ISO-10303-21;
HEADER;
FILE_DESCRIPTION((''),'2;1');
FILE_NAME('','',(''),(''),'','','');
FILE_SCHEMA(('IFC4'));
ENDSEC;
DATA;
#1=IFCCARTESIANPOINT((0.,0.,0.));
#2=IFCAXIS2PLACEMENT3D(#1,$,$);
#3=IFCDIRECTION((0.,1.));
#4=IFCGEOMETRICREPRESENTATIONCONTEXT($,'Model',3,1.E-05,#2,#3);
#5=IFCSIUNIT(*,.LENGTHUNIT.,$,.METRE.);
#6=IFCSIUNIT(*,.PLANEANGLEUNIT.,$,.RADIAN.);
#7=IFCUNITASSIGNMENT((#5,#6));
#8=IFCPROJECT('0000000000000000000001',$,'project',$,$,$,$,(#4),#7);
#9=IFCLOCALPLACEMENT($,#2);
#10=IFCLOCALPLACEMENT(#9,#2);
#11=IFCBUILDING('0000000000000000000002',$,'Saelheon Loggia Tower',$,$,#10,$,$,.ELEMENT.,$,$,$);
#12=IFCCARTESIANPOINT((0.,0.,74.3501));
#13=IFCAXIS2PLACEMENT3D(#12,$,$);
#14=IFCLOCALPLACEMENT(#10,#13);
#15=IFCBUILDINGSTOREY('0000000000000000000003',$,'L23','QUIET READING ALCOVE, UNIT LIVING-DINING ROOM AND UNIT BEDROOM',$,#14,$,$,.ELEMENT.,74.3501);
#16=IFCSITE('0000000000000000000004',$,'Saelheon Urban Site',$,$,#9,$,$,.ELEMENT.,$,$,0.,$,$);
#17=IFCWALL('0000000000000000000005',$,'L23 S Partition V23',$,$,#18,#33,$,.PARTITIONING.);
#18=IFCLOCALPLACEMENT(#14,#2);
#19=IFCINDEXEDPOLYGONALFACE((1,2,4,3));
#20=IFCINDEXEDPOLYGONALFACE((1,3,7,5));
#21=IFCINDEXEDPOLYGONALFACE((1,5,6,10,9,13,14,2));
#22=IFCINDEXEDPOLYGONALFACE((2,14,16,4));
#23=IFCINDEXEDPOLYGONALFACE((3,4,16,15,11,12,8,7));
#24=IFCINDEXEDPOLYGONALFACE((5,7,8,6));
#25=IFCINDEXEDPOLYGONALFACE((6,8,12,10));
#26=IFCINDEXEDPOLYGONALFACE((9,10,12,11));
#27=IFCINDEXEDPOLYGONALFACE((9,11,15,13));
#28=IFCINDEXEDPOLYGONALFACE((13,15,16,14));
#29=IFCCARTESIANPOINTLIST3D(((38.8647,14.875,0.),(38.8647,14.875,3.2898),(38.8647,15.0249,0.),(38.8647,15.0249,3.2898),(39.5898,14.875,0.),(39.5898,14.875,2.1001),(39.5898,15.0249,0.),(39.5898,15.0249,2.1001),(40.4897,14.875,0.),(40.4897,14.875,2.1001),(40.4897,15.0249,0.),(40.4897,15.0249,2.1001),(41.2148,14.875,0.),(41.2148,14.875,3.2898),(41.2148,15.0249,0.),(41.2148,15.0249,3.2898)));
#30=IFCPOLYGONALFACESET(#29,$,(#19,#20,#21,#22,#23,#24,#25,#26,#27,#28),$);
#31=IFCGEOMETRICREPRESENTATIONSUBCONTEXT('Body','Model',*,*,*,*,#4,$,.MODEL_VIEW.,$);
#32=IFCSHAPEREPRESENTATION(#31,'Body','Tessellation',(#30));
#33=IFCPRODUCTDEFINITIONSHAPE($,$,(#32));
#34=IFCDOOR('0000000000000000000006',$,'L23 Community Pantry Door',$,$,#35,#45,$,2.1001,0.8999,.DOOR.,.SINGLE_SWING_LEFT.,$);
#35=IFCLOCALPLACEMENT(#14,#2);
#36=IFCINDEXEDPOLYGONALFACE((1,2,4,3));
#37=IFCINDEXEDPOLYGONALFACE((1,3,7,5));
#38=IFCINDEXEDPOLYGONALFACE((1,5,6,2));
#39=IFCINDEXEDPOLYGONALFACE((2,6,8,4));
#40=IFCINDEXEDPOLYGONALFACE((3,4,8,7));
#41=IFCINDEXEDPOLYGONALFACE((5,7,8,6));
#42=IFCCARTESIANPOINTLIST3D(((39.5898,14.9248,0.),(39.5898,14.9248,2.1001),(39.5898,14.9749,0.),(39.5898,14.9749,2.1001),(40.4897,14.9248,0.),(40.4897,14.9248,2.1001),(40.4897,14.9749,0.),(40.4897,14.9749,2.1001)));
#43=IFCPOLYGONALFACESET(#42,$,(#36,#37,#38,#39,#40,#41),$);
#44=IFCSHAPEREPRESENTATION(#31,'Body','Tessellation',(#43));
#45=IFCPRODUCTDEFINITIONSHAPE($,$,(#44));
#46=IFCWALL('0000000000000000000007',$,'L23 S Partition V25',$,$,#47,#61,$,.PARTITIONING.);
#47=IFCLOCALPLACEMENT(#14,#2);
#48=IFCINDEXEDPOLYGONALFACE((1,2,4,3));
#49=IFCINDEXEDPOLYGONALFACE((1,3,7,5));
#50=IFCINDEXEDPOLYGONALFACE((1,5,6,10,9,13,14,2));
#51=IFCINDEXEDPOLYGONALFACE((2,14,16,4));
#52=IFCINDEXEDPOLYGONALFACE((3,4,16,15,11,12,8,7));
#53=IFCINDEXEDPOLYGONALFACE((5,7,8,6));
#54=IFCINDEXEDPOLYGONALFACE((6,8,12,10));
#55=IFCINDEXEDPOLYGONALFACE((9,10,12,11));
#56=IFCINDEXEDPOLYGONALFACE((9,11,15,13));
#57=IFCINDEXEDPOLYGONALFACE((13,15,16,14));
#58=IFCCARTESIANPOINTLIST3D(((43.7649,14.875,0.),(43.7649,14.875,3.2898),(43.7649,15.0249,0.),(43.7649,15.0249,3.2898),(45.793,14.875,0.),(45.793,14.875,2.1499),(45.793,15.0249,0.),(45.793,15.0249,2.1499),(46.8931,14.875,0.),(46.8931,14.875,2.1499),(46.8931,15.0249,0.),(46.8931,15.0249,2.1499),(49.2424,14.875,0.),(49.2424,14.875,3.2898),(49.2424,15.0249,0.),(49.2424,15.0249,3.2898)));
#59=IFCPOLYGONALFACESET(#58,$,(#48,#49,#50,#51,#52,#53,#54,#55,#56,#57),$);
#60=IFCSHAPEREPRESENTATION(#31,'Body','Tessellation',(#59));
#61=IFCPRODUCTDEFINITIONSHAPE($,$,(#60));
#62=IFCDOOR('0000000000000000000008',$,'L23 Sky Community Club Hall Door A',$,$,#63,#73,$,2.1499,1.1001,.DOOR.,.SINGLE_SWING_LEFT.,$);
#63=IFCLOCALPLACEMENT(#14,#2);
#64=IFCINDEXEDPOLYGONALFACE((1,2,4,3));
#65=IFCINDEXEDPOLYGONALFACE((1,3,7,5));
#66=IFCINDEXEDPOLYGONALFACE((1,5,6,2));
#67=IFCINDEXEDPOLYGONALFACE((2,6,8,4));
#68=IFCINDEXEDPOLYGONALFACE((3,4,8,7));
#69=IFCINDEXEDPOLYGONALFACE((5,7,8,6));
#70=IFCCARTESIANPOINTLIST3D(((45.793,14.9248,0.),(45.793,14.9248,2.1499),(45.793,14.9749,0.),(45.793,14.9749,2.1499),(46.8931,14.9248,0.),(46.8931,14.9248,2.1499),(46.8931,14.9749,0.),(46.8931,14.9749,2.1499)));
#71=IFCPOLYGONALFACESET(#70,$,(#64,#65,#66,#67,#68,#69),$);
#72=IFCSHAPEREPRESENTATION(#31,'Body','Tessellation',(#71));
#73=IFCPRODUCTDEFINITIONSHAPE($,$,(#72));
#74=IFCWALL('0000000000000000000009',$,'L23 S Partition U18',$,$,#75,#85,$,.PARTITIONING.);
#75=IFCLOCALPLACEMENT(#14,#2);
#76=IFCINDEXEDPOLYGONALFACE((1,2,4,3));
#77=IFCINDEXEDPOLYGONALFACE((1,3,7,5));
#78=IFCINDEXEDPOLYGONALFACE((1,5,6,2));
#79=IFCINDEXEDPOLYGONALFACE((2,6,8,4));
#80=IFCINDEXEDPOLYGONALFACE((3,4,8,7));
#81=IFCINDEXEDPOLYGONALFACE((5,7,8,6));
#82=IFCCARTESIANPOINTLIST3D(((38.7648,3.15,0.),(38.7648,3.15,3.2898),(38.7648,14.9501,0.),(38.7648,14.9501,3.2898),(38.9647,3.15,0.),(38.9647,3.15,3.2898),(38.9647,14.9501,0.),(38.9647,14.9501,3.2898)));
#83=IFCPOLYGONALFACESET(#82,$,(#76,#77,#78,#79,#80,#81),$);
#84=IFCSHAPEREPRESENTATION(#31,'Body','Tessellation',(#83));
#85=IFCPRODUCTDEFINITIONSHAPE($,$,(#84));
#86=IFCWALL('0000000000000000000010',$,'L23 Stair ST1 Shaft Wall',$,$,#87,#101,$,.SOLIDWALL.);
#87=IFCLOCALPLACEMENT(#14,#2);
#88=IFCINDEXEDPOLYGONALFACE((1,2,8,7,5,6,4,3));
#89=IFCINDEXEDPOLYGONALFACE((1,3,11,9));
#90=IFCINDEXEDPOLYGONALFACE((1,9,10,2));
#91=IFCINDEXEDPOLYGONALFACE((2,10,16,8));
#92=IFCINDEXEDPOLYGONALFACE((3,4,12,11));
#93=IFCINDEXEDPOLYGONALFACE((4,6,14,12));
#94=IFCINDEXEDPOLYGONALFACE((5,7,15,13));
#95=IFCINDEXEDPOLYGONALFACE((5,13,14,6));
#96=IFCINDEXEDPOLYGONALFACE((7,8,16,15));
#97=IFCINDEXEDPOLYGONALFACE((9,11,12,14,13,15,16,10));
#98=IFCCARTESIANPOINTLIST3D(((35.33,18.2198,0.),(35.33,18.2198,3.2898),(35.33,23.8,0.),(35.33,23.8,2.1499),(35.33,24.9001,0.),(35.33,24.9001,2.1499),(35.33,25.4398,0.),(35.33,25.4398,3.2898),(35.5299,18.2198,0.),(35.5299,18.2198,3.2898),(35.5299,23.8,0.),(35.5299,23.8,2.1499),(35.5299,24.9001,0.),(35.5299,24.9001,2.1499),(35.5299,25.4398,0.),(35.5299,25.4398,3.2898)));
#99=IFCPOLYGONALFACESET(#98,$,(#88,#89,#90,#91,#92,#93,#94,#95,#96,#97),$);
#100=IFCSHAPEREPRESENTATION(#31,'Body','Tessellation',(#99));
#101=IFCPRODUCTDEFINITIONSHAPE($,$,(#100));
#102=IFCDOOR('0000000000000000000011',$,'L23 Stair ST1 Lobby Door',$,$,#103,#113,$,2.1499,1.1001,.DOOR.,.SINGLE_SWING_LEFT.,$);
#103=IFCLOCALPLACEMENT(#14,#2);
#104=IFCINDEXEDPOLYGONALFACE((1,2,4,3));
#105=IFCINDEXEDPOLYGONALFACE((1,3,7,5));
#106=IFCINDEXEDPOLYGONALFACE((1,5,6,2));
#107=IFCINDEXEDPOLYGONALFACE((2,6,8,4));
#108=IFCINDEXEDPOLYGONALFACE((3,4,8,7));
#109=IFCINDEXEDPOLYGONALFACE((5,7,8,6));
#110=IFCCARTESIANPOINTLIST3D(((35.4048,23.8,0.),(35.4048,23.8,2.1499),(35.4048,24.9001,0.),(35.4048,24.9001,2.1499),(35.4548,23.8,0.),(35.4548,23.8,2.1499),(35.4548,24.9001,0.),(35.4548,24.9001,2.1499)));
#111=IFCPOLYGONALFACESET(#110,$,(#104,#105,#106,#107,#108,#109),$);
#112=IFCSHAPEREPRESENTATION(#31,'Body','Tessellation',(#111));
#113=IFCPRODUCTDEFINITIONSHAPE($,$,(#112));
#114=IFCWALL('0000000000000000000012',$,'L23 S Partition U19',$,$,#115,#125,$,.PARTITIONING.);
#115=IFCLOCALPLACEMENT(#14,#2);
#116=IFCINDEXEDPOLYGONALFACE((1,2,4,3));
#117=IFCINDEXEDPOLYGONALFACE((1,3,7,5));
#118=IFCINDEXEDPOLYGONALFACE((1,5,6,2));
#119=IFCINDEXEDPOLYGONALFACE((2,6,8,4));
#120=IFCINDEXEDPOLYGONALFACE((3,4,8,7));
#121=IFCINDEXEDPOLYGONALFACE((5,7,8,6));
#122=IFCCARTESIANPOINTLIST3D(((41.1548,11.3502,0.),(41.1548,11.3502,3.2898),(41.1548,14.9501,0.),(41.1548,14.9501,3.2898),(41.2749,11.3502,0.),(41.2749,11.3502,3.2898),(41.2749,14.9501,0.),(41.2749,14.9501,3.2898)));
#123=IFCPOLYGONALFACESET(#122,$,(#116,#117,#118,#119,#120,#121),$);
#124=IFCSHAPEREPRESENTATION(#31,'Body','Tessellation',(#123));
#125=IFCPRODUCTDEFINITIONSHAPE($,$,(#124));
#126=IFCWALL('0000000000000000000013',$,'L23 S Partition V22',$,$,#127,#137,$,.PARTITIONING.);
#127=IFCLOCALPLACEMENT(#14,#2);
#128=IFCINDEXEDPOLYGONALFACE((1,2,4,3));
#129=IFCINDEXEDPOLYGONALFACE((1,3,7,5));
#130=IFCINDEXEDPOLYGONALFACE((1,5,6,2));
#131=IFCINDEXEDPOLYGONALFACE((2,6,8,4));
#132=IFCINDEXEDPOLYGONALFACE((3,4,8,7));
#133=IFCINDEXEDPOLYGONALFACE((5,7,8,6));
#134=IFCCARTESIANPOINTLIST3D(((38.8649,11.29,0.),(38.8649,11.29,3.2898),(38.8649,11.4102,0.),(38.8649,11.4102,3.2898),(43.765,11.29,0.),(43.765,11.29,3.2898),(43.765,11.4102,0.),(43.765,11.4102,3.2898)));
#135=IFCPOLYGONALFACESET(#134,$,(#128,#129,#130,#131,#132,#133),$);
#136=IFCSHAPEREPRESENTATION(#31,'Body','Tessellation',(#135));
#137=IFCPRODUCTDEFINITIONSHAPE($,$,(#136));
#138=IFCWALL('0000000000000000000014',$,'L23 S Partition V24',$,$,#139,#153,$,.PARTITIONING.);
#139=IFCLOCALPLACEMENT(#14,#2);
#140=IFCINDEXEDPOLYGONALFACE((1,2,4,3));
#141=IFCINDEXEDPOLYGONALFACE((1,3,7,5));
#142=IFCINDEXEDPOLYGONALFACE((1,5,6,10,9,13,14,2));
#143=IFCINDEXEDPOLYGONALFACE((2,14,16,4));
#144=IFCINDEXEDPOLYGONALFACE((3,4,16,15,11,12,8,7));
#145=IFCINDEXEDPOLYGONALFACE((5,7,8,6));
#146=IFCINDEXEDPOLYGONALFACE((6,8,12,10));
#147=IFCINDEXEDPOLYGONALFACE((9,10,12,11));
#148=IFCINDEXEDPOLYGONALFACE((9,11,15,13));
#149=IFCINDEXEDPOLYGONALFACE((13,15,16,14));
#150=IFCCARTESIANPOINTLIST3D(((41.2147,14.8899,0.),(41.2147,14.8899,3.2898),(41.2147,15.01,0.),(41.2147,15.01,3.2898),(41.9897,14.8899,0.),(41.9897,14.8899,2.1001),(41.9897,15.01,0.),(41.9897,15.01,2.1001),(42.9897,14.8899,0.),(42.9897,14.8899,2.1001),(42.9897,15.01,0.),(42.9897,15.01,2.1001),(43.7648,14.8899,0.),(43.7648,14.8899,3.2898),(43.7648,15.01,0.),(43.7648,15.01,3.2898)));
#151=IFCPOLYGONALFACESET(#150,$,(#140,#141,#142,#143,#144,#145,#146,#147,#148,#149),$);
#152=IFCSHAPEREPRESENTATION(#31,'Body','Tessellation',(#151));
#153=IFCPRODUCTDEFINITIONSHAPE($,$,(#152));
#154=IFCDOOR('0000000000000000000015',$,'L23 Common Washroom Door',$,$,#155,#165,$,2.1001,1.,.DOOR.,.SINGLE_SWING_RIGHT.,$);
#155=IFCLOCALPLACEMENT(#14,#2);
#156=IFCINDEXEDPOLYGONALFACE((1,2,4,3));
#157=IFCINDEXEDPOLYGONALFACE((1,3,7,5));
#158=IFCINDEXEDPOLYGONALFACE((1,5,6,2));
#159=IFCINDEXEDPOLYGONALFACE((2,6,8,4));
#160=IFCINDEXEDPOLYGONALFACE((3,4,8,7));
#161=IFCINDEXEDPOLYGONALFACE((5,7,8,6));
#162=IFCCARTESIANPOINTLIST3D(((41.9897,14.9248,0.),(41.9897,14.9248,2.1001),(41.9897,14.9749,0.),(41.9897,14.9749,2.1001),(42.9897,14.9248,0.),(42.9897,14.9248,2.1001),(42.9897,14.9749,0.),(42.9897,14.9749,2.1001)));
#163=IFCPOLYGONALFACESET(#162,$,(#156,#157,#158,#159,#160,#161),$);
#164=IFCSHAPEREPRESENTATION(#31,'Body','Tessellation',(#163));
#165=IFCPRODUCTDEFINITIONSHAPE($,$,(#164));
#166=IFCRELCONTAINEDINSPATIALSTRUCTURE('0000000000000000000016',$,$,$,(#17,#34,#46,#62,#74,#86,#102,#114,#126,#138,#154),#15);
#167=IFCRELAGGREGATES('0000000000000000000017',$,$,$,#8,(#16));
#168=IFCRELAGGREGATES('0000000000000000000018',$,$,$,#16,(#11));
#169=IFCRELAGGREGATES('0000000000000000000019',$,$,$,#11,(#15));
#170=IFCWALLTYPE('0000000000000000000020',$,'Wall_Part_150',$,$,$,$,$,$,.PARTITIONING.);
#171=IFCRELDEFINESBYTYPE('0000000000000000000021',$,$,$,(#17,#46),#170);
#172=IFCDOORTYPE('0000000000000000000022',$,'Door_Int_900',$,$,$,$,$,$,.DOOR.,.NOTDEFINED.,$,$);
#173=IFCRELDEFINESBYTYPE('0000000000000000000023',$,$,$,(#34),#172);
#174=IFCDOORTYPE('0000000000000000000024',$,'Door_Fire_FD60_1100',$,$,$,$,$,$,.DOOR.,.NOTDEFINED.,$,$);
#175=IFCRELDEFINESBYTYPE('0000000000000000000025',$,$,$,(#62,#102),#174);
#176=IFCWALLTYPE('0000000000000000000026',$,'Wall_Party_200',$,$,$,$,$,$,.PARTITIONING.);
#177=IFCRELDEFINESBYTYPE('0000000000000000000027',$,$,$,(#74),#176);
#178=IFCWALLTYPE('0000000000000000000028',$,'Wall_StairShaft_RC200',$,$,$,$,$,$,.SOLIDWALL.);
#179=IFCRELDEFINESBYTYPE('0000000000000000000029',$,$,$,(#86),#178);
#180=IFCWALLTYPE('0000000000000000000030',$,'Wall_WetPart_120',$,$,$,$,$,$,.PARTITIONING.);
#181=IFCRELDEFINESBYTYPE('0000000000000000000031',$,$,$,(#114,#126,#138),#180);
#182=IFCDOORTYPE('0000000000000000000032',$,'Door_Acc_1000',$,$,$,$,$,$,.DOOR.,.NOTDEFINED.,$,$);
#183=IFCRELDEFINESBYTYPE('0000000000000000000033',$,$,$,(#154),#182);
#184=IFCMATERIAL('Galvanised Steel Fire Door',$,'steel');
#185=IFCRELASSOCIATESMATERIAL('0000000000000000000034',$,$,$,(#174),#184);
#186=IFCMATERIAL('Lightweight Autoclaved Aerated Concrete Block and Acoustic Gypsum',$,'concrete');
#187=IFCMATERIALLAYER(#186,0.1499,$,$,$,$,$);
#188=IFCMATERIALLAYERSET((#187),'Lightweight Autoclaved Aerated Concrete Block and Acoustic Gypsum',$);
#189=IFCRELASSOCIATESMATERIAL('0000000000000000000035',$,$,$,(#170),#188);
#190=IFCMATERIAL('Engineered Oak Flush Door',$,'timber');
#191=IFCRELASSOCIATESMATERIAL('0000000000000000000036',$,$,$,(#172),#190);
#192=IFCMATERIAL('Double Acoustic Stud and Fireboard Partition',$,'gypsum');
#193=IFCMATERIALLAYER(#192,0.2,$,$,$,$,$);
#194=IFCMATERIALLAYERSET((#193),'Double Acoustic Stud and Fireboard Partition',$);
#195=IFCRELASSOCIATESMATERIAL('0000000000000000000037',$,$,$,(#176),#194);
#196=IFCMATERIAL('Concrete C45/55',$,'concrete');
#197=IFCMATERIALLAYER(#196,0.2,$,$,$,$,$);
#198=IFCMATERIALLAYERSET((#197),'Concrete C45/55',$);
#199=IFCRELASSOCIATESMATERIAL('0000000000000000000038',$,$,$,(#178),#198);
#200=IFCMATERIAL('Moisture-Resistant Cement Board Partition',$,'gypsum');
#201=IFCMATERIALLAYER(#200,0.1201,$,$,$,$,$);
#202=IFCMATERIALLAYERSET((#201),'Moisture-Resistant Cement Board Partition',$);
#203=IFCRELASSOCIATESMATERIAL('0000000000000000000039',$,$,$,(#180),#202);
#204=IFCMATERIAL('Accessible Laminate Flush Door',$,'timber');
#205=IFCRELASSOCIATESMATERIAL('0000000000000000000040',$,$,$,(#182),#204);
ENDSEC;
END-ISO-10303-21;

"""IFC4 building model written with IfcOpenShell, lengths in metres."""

from ifc_helpers import new_model, si_unit, direction, frame, frame_2d, origin, place, context, subcontext, project, spatial, rectangle, extrude, source, transform, mapped, material, layer, layer_set, type_object, element, fill, save


model = new_model("IFC4")

# Units and contexts
model_context = context("Model", 3, precision=1e-05, world=origin(), true_north=direction((0.0, 1.0)))
body_context = subcontext(model_context, "Body", "Model", "MODEL_VIEW")
ifc_project = project(units=[si_unit("LENGTHUNIT", "METRE"), si_unit("PLANEANGLEUNIT", "RADIAN")], contexts=[model_context])

# Site, building, storey
site_placement = place(None, origin())
site = spatial("IfcSite", under=ifc_project, at=site_placement, Name="Saelheon Urban Site", CompositionType="ELEMENT", RefElevation=0.0)
building_placement = place(site_placement, origin())
building = spatial("IfcBuilding", under=site, at=building_placement, Name="Saelheon Loggia Tower", CompositionType="ELEMENT")
storey_placement = place(building_placement, frame((0.0, 0.0, 74.3501)))
storey = spatial("IfcBuildingStorey", under=building, at=storey_placement, Name="L23", Description="QUIET READING ALCOVE, UNIT LIVING-DINING ROOM AND UNIT BEDROOM", CompositionType="ELEMENT", Elevation=74.3501)

# Shared definitions
ifc_material_1 = material(Name="Galvanised Steel Fire Door", Category="steel")
door_type_1 = type_object("IfcDoorType", Name="Door_Fire_FD60_1100", OperationType="NOTDEFINED", PredefinedType="DOOR", material=ifc_material_1)
shared_shape_1 = source(origin(), body_context, "Body", "SweptSolid", [
    extrude(rectangle(XDim=1.1001, YDim=2.1499, at=frame_2d((0.55, 1.075))), frame((0.0, 0.0249, 0.0), z_axis=(0.0, -1.0, 0.0), x_axis=(1.0, 0.0, 0.0)), (0.0, 0.0, 1.0), 0.05),
])

# Shared definitions
ifc_material_2 = material(Name="Lightweight Autoclaved Aerated Concrete Block and Acoustic Gypsum", Category="concrete")
ifc_layer_1 = layer(ifc_material_2, 0.1499)
ifc_layer_set_1 = layer_set([ifc_layer_1], Name="Lightweight Autoclaved Aerated Concrete Block and Acoustic Gypsum")
wall_type_1 = type_object("IfcWallType", Name="Wall_Part_150", PredefinedType="PARTITIONING", material=ifc_layer_set_1)

# Walls, openings, doors
ifc_material_3 = material(Name="Engineered Oak Flush Door", Category="timber")
door_type_2 = type_object("IfcDoorType", Name="Door_Int_900", OperationType="NOTDEFINED", PredefinedType="DOOR", material=ifc_material_3)
shared_shape_2 = source(origin(), body_context, "Body", "SweptSolid", [
    extrude(rectangle(XDim=0.8999, YDim=2.1001, at=frame_2d((0.45, 1.05))), frame((0.0, 0.0249, 0.0), z_axis=(0.0, -1.0, 0.0), x_axis=(1.0, 0.0, 0.0)), (0.0, 0.0, 1.0), 0.05),
])
wall_1_placement = place(storey_placement, frame((38.8647, 14.95, 0.0), z_axis=(0.0, 0.0, 1.0), x_axis=(1.0, 0.0, 0.0)))
wall_1 = element("IfcWall", 1, at=wall_1_placement, inside=storey, type_object=wall_type_1, Name="L23 S Partition V23", PredefinedType="PARTITIONING", context=body_context, shape_type="SweptSolid", body=[
    extrude(rectangle(XDim=2.3501, YDim=0.1499, at=frame_2d((1.175, 0.0))), origin(), (0.0, 0.0, 1.0), 3.2898),
])
opening_1_placement = place(wall_1_placement, frame((0.7251, 0.0, 0.0)))
opening_1 = element("IfcOpeningElement", 2, at=opening_1_placement, cuts=wall_1, PredefinedType="OPENING", context=body_context, shape_type="SweptSolid", body=[
    extrude(rectangle(XDim=0.8999, YDim=2.1001, at=frame_2d((0.45, 1.05))), frame((0.0, 0.0869, 0.0), z_axis=(0.0, -1.0, 0.0), x_axis=(1.0, 0.0, 0.0)), (0.0, 0.0, 1.0), 0.1738),
])
door_1_placement = place(opening_1_placement, origin())
door_1 = element("IfcDoor", 3, at=door_1_placement, inside=storey, type_object=door_type_2, Name="L23 Community Pantry Door", OperationType="SINGLE_SWING_LEFT", OverallHeight=2.1001, OverallWidth=0.8999, PredefinedType="DOOR", context=body_context, shape_type="MappedRepresentation", body=[
    mapped(shared_shape_2, transform((0.0, 0.0, 0.0), scale=1.0)),
])
fill(opening_1, door_1)
wall_2_placement = place(storey_placement, frame((43.7649, 14.95, 0.0), z_axis=(0.0, 0.0, 1.0), x_axis=(1.0, 0.0, 0.0)))
wall_2 = element("IfcWall", 4, at=wall_2_placement, inside=storey, type_object=wall_type_1, Name="L23 S Partition V25", PredefinedType="PARTITIONING", context=body_context, shape_type="SweptSolid", body=[
    extrude(rectangle(XDim=5.4775, YDim=0.1499, at=frame_2d((2.7388, 0.0))), origin(), (0.0, 0.0, 1.0), 3.2898),
])
opening_2_placement = place(wall_2_placement, frame((2.0281, 0.0, 0.0)))
opening_2 = element("IfcOpeningElement", 5, at=opening_2_placement, cuts=wall_2, PredefinedType="OPENING", context=body_context, shape_type="SweptSolid", body=[
    extrude(rectangle(XDim=1.1001, YDim=2.1499, at=frame_2d((0.55, 1.075))), frame((0.0, 0.0869, 0.0), z_axis=(0.0, -1.0, 0.0), x_axis=(1.0, 0.0, 0.0)), (0.0, 0.0, 1.0), 0.1738),
])
door_2_placement = place(opening_2_placement, origin())
door_2 = element("IfcDoor", 6, at=door_2_placement, inside=storey, type_object=door_type_1, Name="L23 Sky Community Club Hall Door A", OperationType="SINGLE_SWING_LEFT", OverallHeight=2.1499, OverallWidth=1.1001, PredefinedType="DOOR", context=body_context, shape_type="MappedRepresentation", body=[
    mapped(shared_shape_1, transform((0.0, 0.0, 0.0), scale=1.0)),
])
fill(opening_2, door_2)

# Wall
ifc_material_4 = material(Name="Double Acoustic Stud and Fireboard Partition", Category="gypsum")
ifc_layer_2 = layer(ifc_material_4, 0.2)
ifc_layer_set_2 = layer_set([ifc_layer_2], Name="Double Acoustic Stud and Fireboard Partition")
wall_type_2 = type_object("IfcWallType", Name="Wall_Party_200", PredefinedType="PARTITIONING", material=ifc_layer_set_2)
wall_3_placement = place(storey_placement, frame((38.8647, 14.95, 0.0), z_axis=(0.0, 0.0, 1.0), x_axis=(0.0, -1.0, 0.0)))
element("IfcWall", 7, at=wall_3_placement, inside=storey, type_object=wall_type_2, Name="L23 S Partition U18", PredefinedType="PARTITIONING", context=body_context, shape_type="SweptSolid", body=[
    extrude(rectangle(XDim=11.8, YDim=0.2, at=frame_2d((5.8999, 0.0))), origin(), (0.0, 0.0, 1.0), 3.2898),
])

# Wall, opening, door
ifc_material_5 = material(Name="Concrete C45/55", Category="concrete")
ifc_layer_3 = layer(ifc_material_5, 0.2)
ifc_layer_set_3 = layer_set([ifc_layer_3], Name="Concrete C45/55")
wall_type_3 = type_object("IfcWallType", Name="Wall_StairShaft_RC200", PredefinedType="SOLIDWALL", material=ifc_layer_set_3)
wall_4_placement = place(storey_placement, frame((35.4299, 18.22, 0.0), z_axis=(0.0, 0.0, 1.0), x_axis=(0.0, 1.0, 0.0)))
wall_4 = element("IfcWall", 8, at=wall_4_placement, inside=storey, type_object=wall_type_3, Name="L23 Stair ST1 Shaft Wall", PredefinedType="SOLIDWALL", context=body_context, shape_type="SweptSolid", body=[
    extrude(rectangle(XDim=7.22, YDim=0.2, at=frame_2d((3.6099, 0.0))), origin(), (0.0, 0.0, 1.0), 3.2898),
])
opening_3_placement = place(wall_4_placement, frame((6.6802, 0.0, 0.0), z_axis=(0.0, 0.0, 1.0), x_axis=(-1.0, 0.0, 0.0)))
opening_3 = element("IfcOpeningElement", 9, at=opening_3_placement, cuts=wall_4, PredefinedType="OPENING", context=body_context, shape_type="SweptSolid", body=[
    extrude(rectangle(XDim=1.1001, YDim=2.1499, at=frame_2d((0.55, 1.075))), frame((0.0, 0.1121, 0.0), z_axis=(0.0, -1.0, 0.0), x_axis=(1.0, 0.0, 0.0)), (0.0, 0.0, 1.0), 0.2239),
])
door_3_placement = place(opening_3_placement, origin())
door_3 = element("IfcDoor", 10, at=door_3_placement, inside=storey, type_object=door_type_1, Name="L23 Stair ST1 Lobby Door", OperationType="SINGLE_SWING_LEFT", OverallHeight=2.1499, OverallWidth=1.1001, PredefinedType="DOOR", context=body_context, shape_type="MappedRepresentation", body=[
    mapped(shared_shape_1, transform((0.0, 0.0, 0.0), scale=1.0)),
])
fill(opening_3, door_3)

# Walls
ifc_material_6 = material(Name="Moisture-Resistant Cement Board Partition", Category="gypsum")
ifc_layer_4 = layer(ifc_material_6, 0.1201)
ifc_layer_set_4 = layer_set([ifc_layer_4], Name="Moisture-Resistant Cement Board Partition")
wall_type_4 = type_object("IfcWallType", Name="Wall_WetPart_120", PredefinedType="PARTITIONING", material=ifc_layer_set_4)
wall_5_placement = place(storey_placement, frame((41.2148, 14.95, 0.0), z_axis=(0.0, 0.0, 1.0), x_axis=(0.0, -1.0, 0.0)))
element("IfcWall", 11, at=wall_5_placement, inside=storey, type_object=wall_type_4, Name="L23 S Partition U19", PredefinedType="PARTITIONING", context=body_context, shape_type="SweptSolid", body=[
    extrude(rectangle(XDim=3.5999, YDim=0.1201, at=frame_2d((1.7998, 0.0))), origin(), (0.0, 0.0, 1.0), 3.2898),
])
wall_6_placement = place(storey_placement, frame((38.8647, 11.3501, 0.0), z_axis=(0.0, 0.0, 1.0), x_axis=(1.0, 0.0, 0.0)))
element("IfcWall", 12, at=wall_6_placement, inside=storey, type_object=wall_type_4, Name="L23 S Partition V22", PredefinedType="PARTITIONING", context=body_context, shape_type="SweptSolid", body=[
    extrude(rectangle(XDim=4.9001, YDim=0.1201, at=frame_2d((2.4502, 0.0))), origin(), (0.0, 0.0, 1.0), 3.2898),
])

# Wall, opening, door
wall_7_placement = place(storey_placement, frame((41.2148, 14.95, 0.0), z_axis=(0.0, 0.0, 1.0), x_axis=(1.0, 0.0, 0.0)))
wall_7 = element("IfcWall", 13, at=wall_7_placement, inside=storey, type_object=wall_type_4, Name="L23 S Partition V24", PredefinedType="PARTITIONING", context=body_context, shape_type="SweptSolid", body=[
    extrude(rectangle(XDim=2.55, YDim=0.1201, at=frame_2d((1.2749, 0.0))), origin(), (0.0, 0.0, 1.0), 3.2898),
])
opening_4_placement = place(wall_7_placement, frame((0.7749, 0.0, 0.0)))
opening_4 = element("IfcOpeningElement", 14, at=opening_4_placement, cuts=wall_7, PredefinedType="OPENING", context=body_context, shape_type="SweptSolid", body=[
    extrude(rectangle(XDim=1.0, YDim=2.1001, at=frame_2d((0.5, 1.05))), frame((0.0, 0.072, 0.0), z_axis=(0.0, -1.0, 0.0), x_axis=(1.0, 0.0, 0.0)), (0.0, 0.0, 1.0), 0.144),
])
ifc_material_7 = material(Name="Accessible Laminate Flush Door", Category="timber")
door_type_3 = type_object("IfcDoorType", Name="Door_Acc_1000", OperationType="NOTDEFINED", PredefinedType="DOOR", material=ifc_material_7)
shared_shape_3 = source(origin(), body_context, "Body", "SweptSolid", [
    extrude(rectangle(XDim=1.0, YDim=2.1001, at=frame_2d((0.5, 1.05))), frame((0.0, 0.0249, 0.0), z_axis=(0.0, -1.0, 0.0), x_axis=(1.0, 0.0, 0.0)), (0.0, 0.0, 1.0), 0.05),
])
door_4_placement = place(opening_4_placement, origin())
door_4 = element("IfcDoor", 15, at=door_4_placement, inside=storey, type_object=door_type_3, Name="L23 Common Washroom Door", OperationType="SINGLE_SWING_RIGHT", OverallHeight=2.1001, OverallWidth=1.0, PredefinedType="DOOR", context=body_context, shape_type="MappedRepresentation", body=[
    mapped(shared_shape_3, transform((0.0, 0.0, 0.0), scale=1.0)),
])
fill(opening_4, door_4)

save(model, "model.ifc")
